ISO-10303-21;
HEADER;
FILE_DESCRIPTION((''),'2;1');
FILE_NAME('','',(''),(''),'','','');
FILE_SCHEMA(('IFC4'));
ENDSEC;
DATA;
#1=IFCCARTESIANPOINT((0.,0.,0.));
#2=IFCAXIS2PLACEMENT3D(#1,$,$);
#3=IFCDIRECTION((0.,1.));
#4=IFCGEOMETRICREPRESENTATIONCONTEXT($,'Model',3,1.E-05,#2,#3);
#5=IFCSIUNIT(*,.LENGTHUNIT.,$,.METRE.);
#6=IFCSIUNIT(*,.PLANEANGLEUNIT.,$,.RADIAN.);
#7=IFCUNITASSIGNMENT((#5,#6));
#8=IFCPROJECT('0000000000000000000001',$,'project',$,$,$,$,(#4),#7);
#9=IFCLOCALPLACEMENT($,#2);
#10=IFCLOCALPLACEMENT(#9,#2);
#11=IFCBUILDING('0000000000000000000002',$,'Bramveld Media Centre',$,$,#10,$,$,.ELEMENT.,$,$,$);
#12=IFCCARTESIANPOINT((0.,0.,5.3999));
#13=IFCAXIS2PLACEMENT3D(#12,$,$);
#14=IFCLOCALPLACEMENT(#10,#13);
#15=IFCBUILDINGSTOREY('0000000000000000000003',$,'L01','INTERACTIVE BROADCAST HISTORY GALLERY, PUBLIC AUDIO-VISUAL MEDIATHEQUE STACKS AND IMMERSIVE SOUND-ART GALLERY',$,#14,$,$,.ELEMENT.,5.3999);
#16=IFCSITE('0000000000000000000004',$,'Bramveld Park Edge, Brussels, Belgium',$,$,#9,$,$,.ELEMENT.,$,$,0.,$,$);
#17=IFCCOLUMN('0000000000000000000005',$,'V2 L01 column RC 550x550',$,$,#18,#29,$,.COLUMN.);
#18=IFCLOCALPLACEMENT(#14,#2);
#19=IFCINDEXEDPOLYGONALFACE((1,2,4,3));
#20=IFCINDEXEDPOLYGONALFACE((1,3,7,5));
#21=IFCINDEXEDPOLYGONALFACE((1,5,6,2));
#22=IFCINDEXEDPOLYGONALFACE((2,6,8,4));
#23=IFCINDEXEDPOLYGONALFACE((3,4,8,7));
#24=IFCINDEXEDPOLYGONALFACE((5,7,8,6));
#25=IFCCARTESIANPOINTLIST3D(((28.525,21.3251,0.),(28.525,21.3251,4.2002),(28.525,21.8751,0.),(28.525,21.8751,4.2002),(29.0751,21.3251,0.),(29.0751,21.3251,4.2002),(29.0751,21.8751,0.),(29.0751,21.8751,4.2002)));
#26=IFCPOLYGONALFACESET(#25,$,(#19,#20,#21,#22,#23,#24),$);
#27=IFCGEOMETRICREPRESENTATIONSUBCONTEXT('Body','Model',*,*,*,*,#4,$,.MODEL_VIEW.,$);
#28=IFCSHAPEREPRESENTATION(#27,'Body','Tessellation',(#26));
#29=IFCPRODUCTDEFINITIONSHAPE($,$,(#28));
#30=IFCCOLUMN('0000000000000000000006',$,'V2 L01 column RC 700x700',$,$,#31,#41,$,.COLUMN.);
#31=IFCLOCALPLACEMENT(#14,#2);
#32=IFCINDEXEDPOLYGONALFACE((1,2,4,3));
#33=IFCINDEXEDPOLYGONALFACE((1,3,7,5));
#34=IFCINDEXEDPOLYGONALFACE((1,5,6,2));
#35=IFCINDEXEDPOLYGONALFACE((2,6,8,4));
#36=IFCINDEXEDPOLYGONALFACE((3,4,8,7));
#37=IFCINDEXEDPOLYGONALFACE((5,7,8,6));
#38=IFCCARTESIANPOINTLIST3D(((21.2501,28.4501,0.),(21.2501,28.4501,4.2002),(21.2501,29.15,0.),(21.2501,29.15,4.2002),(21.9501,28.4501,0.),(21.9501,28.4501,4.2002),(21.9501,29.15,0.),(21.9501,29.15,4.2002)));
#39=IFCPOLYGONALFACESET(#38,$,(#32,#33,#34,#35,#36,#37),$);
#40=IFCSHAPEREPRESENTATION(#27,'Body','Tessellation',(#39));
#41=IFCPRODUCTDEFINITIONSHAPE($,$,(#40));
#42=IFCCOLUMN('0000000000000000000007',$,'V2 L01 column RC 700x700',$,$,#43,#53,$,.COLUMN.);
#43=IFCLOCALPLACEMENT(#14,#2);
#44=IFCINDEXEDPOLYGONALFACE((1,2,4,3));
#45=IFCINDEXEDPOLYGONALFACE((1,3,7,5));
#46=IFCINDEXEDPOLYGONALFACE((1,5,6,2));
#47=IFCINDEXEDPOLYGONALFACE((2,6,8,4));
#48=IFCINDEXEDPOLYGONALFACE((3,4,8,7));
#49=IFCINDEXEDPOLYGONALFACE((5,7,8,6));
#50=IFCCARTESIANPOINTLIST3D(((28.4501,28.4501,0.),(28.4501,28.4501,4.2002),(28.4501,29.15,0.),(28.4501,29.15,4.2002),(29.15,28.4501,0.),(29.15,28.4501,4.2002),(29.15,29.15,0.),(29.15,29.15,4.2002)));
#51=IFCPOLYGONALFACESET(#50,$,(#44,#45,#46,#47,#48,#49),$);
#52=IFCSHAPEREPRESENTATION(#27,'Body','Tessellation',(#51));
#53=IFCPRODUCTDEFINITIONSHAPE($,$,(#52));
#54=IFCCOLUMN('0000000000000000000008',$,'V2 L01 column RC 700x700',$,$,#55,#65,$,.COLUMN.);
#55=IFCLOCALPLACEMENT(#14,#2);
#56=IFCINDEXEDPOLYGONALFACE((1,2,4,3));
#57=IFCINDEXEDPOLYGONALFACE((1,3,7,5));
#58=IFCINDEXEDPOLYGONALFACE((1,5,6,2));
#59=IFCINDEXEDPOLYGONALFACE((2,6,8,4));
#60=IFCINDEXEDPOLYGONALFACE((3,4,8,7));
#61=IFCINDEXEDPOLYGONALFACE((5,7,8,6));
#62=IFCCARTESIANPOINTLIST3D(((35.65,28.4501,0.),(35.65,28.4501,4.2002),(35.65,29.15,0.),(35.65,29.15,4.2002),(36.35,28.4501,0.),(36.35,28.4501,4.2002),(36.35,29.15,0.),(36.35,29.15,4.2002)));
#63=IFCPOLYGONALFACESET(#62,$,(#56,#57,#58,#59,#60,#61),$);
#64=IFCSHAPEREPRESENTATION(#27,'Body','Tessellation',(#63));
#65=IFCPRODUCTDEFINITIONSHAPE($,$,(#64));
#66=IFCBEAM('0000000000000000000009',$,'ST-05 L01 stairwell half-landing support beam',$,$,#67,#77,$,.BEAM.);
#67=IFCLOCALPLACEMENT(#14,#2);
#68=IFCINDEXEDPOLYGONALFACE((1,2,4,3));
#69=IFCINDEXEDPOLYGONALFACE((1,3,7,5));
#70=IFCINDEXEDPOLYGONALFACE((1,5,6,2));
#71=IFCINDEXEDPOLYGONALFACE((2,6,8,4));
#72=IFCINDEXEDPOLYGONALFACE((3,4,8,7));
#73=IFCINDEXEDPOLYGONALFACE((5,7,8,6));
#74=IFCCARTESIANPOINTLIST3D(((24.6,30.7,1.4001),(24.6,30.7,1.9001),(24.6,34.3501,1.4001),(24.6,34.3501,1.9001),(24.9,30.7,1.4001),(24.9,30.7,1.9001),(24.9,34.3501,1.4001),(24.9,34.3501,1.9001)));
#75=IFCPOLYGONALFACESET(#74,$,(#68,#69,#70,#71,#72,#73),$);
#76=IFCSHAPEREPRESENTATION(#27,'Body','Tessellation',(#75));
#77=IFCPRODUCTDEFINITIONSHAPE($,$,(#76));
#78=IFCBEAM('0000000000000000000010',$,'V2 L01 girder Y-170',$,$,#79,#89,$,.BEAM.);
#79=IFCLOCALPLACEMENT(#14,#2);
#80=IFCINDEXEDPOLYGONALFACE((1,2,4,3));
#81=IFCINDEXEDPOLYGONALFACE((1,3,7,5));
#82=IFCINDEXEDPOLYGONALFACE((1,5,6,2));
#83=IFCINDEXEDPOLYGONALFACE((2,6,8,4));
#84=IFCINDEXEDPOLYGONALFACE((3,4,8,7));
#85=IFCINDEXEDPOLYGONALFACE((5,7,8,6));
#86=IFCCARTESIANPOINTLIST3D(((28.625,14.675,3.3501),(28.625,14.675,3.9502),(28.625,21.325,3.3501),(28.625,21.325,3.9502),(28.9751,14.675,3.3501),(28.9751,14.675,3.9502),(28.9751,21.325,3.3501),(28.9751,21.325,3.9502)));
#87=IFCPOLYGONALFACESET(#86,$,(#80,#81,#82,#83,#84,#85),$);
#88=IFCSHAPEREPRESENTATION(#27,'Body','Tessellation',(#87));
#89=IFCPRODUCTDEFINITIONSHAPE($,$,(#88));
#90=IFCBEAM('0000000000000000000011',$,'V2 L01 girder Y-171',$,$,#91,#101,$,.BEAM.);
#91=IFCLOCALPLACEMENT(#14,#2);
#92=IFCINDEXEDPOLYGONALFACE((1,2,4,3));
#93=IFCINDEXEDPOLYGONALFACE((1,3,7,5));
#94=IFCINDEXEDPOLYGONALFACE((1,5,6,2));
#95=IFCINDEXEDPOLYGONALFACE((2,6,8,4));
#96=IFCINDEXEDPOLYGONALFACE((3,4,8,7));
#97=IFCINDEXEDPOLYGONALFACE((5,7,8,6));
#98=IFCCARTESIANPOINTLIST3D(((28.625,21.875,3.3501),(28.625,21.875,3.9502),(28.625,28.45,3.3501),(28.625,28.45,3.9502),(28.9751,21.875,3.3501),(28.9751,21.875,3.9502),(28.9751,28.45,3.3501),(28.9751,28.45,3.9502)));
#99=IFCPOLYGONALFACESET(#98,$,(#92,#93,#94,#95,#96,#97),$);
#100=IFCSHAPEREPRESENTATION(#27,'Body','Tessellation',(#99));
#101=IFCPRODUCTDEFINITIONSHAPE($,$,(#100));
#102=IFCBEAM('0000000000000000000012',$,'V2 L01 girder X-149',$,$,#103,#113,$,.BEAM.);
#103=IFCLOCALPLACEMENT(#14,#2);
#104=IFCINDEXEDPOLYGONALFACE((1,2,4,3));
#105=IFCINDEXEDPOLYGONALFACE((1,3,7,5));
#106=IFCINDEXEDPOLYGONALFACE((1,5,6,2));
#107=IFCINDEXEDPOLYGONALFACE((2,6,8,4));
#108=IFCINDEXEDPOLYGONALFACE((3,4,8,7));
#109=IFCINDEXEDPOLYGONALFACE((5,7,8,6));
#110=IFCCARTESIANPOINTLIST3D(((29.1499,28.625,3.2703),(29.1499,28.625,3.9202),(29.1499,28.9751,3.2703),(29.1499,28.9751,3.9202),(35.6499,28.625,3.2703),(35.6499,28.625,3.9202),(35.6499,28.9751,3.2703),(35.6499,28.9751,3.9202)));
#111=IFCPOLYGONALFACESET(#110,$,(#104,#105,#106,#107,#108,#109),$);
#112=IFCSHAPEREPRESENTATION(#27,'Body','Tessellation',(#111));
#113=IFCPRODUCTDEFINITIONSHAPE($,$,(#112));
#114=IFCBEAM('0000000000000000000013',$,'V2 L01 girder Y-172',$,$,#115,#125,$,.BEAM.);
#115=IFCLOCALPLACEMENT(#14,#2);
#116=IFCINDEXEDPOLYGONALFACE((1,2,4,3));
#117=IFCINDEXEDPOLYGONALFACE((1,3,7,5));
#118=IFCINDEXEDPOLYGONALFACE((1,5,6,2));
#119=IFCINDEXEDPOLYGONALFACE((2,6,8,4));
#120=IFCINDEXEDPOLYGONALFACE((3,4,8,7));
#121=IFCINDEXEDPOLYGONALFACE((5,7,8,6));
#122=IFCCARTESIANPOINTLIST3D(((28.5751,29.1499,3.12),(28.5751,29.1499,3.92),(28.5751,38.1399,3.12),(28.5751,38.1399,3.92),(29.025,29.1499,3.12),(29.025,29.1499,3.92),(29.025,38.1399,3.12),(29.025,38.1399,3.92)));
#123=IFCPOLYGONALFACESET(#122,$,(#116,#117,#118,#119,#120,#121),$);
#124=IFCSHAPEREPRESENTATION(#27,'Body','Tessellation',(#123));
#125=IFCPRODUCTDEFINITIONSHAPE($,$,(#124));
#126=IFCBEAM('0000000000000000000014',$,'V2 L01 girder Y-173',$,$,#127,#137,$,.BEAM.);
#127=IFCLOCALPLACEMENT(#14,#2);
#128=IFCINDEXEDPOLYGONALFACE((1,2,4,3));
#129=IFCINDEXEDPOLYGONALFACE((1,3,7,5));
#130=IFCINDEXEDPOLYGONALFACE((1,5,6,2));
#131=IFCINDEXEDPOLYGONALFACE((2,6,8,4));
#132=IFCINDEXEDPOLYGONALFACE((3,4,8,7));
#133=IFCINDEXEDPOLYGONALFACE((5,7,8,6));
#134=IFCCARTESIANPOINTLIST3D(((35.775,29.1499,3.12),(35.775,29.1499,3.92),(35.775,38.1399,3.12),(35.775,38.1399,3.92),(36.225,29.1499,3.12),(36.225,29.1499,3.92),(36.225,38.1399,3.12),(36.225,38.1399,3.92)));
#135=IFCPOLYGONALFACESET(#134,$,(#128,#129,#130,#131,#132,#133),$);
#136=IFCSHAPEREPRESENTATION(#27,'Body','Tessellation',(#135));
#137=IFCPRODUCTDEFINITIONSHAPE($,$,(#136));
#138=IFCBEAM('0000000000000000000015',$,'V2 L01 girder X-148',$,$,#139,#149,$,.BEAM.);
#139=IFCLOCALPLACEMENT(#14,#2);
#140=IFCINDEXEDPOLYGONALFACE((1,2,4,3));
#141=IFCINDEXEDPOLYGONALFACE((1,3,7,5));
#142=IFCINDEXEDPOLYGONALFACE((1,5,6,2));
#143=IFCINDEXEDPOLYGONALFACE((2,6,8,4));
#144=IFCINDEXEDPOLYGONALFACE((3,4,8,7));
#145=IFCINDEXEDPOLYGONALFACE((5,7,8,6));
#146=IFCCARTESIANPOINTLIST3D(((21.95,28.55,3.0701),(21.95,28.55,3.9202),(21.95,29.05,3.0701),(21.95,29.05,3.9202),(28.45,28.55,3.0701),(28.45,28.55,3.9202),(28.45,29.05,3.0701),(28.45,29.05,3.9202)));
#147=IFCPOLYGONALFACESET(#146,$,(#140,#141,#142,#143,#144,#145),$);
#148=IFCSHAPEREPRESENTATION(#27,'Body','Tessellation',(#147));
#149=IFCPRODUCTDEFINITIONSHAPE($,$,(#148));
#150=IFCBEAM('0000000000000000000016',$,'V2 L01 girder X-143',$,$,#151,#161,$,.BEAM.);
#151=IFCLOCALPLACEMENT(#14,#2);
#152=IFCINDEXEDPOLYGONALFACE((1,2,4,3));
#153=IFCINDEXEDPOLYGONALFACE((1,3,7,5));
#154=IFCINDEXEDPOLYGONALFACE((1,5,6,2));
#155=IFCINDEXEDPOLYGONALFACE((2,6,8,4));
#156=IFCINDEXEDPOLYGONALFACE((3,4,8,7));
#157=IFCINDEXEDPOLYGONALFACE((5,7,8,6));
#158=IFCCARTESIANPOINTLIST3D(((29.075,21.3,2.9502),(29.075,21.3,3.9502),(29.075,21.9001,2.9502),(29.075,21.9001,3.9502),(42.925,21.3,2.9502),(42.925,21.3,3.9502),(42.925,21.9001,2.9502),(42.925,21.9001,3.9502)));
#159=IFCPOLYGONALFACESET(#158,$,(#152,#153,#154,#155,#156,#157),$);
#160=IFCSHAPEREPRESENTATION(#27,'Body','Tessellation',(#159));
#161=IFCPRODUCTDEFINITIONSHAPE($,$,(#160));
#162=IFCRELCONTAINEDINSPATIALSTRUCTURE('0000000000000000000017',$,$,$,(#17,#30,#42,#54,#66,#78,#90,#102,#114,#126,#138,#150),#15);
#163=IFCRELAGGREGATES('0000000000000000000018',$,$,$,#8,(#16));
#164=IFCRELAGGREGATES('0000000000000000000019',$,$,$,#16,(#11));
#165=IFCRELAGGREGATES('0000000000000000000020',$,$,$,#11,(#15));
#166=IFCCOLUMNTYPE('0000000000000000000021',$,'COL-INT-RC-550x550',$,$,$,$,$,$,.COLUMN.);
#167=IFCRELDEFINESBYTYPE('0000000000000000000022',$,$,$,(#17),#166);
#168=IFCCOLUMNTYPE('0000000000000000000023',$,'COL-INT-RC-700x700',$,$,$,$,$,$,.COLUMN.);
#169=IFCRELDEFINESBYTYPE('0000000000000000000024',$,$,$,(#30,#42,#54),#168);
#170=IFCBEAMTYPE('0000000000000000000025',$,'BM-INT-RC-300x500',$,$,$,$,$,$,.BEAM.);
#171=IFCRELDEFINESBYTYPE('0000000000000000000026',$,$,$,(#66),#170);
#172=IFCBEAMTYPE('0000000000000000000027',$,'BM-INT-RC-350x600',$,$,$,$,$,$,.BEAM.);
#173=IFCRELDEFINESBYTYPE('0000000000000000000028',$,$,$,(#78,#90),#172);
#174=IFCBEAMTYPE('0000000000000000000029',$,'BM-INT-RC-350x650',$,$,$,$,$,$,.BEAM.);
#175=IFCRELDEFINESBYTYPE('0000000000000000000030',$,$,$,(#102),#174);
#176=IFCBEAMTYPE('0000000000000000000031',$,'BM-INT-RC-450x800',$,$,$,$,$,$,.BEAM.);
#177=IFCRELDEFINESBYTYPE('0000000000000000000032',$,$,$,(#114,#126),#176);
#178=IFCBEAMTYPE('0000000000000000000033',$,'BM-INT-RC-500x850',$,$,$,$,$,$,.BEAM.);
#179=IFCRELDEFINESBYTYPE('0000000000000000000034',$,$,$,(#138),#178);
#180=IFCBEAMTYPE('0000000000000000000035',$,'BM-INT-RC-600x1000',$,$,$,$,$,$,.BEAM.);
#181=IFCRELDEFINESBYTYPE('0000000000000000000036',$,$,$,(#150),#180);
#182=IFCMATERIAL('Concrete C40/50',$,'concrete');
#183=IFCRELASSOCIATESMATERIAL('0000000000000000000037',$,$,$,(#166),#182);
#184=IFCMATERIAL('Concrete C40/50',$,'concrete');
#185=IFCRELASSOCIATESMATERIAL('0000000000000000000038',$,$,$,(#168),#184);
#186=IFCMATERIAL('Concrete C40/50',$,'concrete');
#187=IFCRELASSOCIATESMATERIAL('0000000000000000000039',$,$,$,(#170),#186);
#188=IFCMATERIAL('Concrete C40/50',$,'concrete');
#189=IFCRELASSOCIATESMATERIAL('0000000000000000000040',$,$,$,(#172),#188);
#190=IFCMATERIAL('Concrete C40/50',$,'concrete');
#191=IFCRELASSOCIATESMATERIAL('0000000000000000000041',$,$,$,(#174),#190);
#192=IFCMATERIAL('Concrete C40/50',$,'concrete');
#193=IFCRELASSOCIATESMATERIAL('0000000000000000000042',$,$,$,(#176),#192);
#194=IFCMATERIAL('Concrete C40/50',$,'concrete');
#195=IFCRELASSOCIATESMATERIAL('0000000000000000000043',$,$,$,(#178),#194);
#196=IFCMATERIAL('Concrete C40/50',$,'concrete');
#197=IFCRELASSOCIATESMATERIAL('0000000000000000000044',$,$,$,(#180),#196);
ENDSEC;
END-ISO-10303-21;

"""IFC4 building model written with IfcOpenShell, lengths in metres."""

from ifc_helpers import new_model, si_unit, direction, frame, origin, origin_2d, place, context, subcontext, project, spatial, rectangle, extrude, material, material_profile, profile_set, type_object, element, save


model = new_model("IFC4")

# Units and contexts
model_context = context("Model", 3, precision=1e-05, world=origin(), true_north=direction((0.0, 1.0)))
body_context = subcontext(model_context, "Body", "Model", "MODEL_VIEW")
ifc_project = project(units=[si_unit("LENGTHUNIT", "METRE"), si_unit("PLANEANGLEUNIT", "RADIAN")], contexts=[model_context])

# Site, building, storey
site_placement = place(None, origin())
site = spatial("IfcSite", under=ifc_project, at=site_placement, Name="Bramveld Park Edge, Brussels, Belgium", CompositionType="ELEMENT", RefElevation=0.0)
building_placement = place(site_placement, origin())
building = spatial("IfcBuilding", under=site, at=building_placement, Name="Bramveld Media Centre", CompositionType="ELEMENT")
storey_placement = place(building_placement, frame((0.0, 0.0, 5.3999)))
storey = spatial("IfcBuildingStorey", under=building, at=storey_placement, Name="L01", Description="INTERACTIVE BROADCAST HISTORY GALLERY, PUBLIC AUDIO-VISUAL MEDIATHEQUE STACKS AND IMMERSIVE SOUND-ART GALLERY", CompositionType="ELEMENT", Elevation=5.3999)

# Columns
ifc_material_1 = material(Name="Concrete C40/50", Category="concrete")
ifc_material_profile_1 = material_profile(ifc_material_1, rectangle(XDim=0.55, YDim=0.55, at=origin_2d()), Name="RC 550x550")
ifc_profile_set_1 = profile_set([ifc_material_profile_1], Name="Concrete C40/50")
column_type_1 = type_object("IfcColumnType", Name="COL-INT-RC-550x550", PredefinedType="COLUMN", material=ifc_profile_set_1)
column_placement = place(storey_placement, frame((28.8, 21.6001, 0.0), z_axis=(0.0, 0.0, 1.0), x_axis=(1.0, 0.0, 0.0)))
element("IfcColumn", 1, at=column_placement, inside=storey, type_object=column_type_1, Name="V2 L01 column RC 550x550", PredefinedType="COLUMN", context=body_context, shape_type="SweptSolid", body=[
    extrude(rectangle(XDim=0.55, YDim=0.55, at=origin_2d()), origin(), (0.0, 0.0, 1.0), 4.2002),
])
ifc_material_2 = material(Name="Concrete C40/50", Category="concrete")
ifc_material_profile_2 = material_profile(ifc_material_2, rectangle(XDim=0.7, YDim=0.7, at=origin_2d()), Name="RC 700x700")
ifc_profile_set_2 = profile_set([ifc_material_profile_2], Name="Concrete C40/50")
column_type_2 = type_object("IfcColumnType", Name="COL-INT-RC-700x700", PredefinedType="COLUMN", material=ifc_profile_set_2)
for number, where, z_axis, x_axis, name in (
    (2, (21.6001, 28.8, 0.0), (0.0, 0.0, 1.0), (1.0, 0.0, 0.0), "V2 L01 column RC 700x700"),
    (3, (28.8, 28.8, 0.0), (0.0, 0.0, 1.0), (1.0, 0.0, 0.0), "V2 L01 column RC 700x700"),
    (4, (36.0, 28.8, 0.0), (0.0, 0.0, 1.0), (1.0, 0.0, 0.0), "V2 L01 column RC 700x700"),
):
    element("IfcColumn", number, at=place(storey_placement, frame(where, z_axis=z_axis, x_axis=x_axis)), inside=storey, type_object=column_type_2, Name=name, PredefinedType="COLUMN", context=body_context, shape_type="SweptSolid", body=[
        extrude(rectangle(XDim=0.7, YDim=0.7, at=origin_2d()), origin(), (0.0, 0.0, 1.0), 4.2002),
    ])

# Beams
ifc_material_3 = material(Name="Concrete C40/50", Category="concrete")
ifc_material_profile_3 = material_profile(ifc_material_3, rectangle(XDim=0.3, YDim=0.5, at=origin_2d()), Name="RC 300x500")
ifc_profile_set_3 = profile_set([ifc_material_profile_3], Name="Concrete C40/50")
beam_type_1 = type_object("IfcBeamType", Name="BM-INT-RC-300x500", PredefinedType="BEAM", material=ifc_profile_set_3)
beam_1_placement = place(storey_placement, frame((24.75, 30.7, 1.6501), z_axis=(0.0, 1.0, 0.0), x_axis=(-1.0, 0.0, 0.0)))
element("IfcBeam", 5, at=beam_1_placement, inside=storey, type_object=beam_type_1, Name="ST-05 L01 stairwell half-landing support beam", PredefinedType="BEAM", context=body_context, shape_type="SweptSolid", body=[
    extrude(rectangle(XDim=0.3, YDim=0.5, at=origin_2d()), origin(), (0.0, 0.0, 1.0), 3.6501),
])
ifc_material_4 = material(Name="Concrete C40/50", Category="concrete")
ifc_material_profile_4 = material_profile(ifc_material_4, rectangle(XDim=0.3501, YDim=0.6001, at=origin_2d()), Name="RC 350x600")
ifc_profile_set_4 = profile_set([ifc_material_profile_4], Name="Concrete C40/50")
beam_type_2 = type_object("IfcBeamType", Name="BM-INT-RC-350x600", PredefinedType="BEAM", material=ifc_profile_set_4)
beam_2_placement = place(storey_placement, frame((28.8, 14.675, 3.6501), z_axis=(0.0, 1.0, 0.0), x_axis=(-1.0, 0.0, 0.0)))
element("IfcBeam", 6, at=beam_2_placement, inside=storey, type_object=beam_type_2, Name="V2 L01 girder Y-170", PredefinedType="BEAM", context=body_context, shape_type="SweptSolid", body=[
    extrude(rectangle(XDim=0.3501, YDim=0.6001, at=origin_2d()), origin(), (0.0, 0.0, 1.0), 6.6499),
])
beam_3_placement = place(storey_placement, frame((28.8, 21.875, 3.6501), z_axis=(0.0, 1.0, 0.0), x_axis=(-1.0, 0.0, 0.0)))
element("IfcBeam", 7, at=beam_3_placement, inside=storey, type_object=beam_type_2, Name="V2 L01 girder Y-171", PredefinedType="BEAM", context=body_context, shape_type="SweptSolid", body=[
    extrude(rectangle(XDim=0.3501, YDim=0.6001, at=origin_2d()), origin(), (0.0, 0.0, 1.0), 6.575),
])
ifc_material_5 = material(Name="Concrete C40/50", Category="concrete")
ifc_material_profile_5 = material_profile(ifc_material_5, rectangle(XDim=0.3501, YDim=0.6499, at=origin_2d()), Name="RC 350x650")
ifc_profile_set_5 = profile_set([ifc_material_profile_5], Name="Concrete C40/50")
beam_type_3 = type_object("IfcBeamType", Name="BM-INT-RC-350x650", PredefinedType="BEAM", material=ifc_profile_set_5)
beam_4_placement = place(storey_placement, frame((29.1499, 28.8, 3.5952), z_axis=(1.0, 0.0, 0.0), x_axis=(0.0, 1.0, 0.0)))
element("IfcBeam", 8, at=beam_4_placement, inside=storey, type_object=beam_type_3, Name="V2 L01 girder X-149", PredefinedType="BEAM", context=body_context, shape_type="SweptSolid", body=[
    extrude(rectangle(XDim=0.3501, YDim=0.6499, at=origin_2d()), origin(), (0.0, 0.0, 1.0), 6.5),
])
ifc_material_6 = material(Name="Concrete C40/50", Category="concrete")
ifc_material_profile_6 = material_profile(ifc_material_6, rectangle(XDim=0.45, YDim=0.8, at=origin_2d()), Name="RC 450x800")
ifc_profile_set_6 = profile_set([ifc_material_profile_6], Name="Concrete C40/50")
beam_type_4 = type_object("IfcBeamType", Name="BM-INT-RC-450x800", PredefinedType="BEAM", material=ifc_profile_set_6)
for number, where, z_axis, x_axis, name in (
    (9, (28.8, 29.1499, 3.52), (0.0, 1.0, 0.0), (-1.0, 0.0, 0.0), "V2 L01 girder Y-172"),
    (10, (36.0, 29.1499, 3.52), (0.0, 1.0, 0.0), (-1.0, 0.0, 0.0), "V2 L01 girder Y-173"),
):
    element("IfcBeam", number, at=place(storey_placement, frame(where, z_axis=z_axis, x_axis=x_axis)), inside=storey, type_object=beam_type_4, Name=name, PredefinedType="BEAM", context=body_context, shape_type="SweptSolid", body=[
        extrude(rectangle(XDim=0.45, YDim=0.8, at=origin_2d()), origin(), (0.0, 0.0, 1.0), 8.99),
    ])
ifc_material_7 = material(Name="Concrete C40/50", Category="concrete")
ifc_material_profile_7 = material_profile(ifc_material_7, rectangle(XDim=0.5, YDim=0.8501, at=origin_2d()), Name="RC 500x850")
ifc_profile_set_7 = profile_set([ifc_material_profile_7], Name="Concrete C40/50")
beam_type_5 = type_object("IfcBeamType", Name="BM-INT-RC-500x850", PredefinedType="BEAM", material=ifc_profile_set_7)
beam_5_placement = place(storey_placement, frame((21.95, 28.8, 3.4951), z_axis=(1.0, 0.0, 0.0), x_axis=(0.0, 1.0, 0.0)))
element("IfcBeam", 11, at=beam_5_placement, inside=storey, type_object=beam_type_5, Name="V2 L01 girder X-148", PredefinedType="BEAM", context=body_context, shape_type="SweptSolid", body=[
    extrude(rectangle(XDim=0.5, YDim=0.8501, at=origin_2d()), origin(), (0.0, 0.0, 1.0), 6.5),
])
ifc_material_8 = material(Name="Concrete C40/50", Category="concrete")
ifc_material_profile_8 = material_profile(ifc_material_8, rectangle(XDim=0.6001, YDim=1.0, at=origin_2d()), Name="RC 600x1000")
ifc_profile_set_8 = profile_set([ifc_material_profile_8], Name="Concrete C40/50")
beam_type_6 = type_object("IfcBeamType", Name="BM-INT-RC-600x1000", PredefinedType="BEAM", material=ifc_profile_set_8)
beam_6_placement = place(storey_placement, frame((29.075, 21.6001, 3.4502), z_axis=(1.0, 0.0, 0.0), x_axis=(0.0, 1.0, 0.0)))
element("IfcBeam", 12, at=beam_6_placement, inside=storey, type_object=beam_type_6, Name="V2 L01 girder X-143", PredefinedType="BEAM", context=body_context, shape_type="SweptSolid", body=[
    extrude(rectangle(XDim=0.6001, YDim=1.0, at=origin_2d()), origin(), (0.0, 0.0, 1.0), 13.8501),
])

save(model, "model.ifc")
